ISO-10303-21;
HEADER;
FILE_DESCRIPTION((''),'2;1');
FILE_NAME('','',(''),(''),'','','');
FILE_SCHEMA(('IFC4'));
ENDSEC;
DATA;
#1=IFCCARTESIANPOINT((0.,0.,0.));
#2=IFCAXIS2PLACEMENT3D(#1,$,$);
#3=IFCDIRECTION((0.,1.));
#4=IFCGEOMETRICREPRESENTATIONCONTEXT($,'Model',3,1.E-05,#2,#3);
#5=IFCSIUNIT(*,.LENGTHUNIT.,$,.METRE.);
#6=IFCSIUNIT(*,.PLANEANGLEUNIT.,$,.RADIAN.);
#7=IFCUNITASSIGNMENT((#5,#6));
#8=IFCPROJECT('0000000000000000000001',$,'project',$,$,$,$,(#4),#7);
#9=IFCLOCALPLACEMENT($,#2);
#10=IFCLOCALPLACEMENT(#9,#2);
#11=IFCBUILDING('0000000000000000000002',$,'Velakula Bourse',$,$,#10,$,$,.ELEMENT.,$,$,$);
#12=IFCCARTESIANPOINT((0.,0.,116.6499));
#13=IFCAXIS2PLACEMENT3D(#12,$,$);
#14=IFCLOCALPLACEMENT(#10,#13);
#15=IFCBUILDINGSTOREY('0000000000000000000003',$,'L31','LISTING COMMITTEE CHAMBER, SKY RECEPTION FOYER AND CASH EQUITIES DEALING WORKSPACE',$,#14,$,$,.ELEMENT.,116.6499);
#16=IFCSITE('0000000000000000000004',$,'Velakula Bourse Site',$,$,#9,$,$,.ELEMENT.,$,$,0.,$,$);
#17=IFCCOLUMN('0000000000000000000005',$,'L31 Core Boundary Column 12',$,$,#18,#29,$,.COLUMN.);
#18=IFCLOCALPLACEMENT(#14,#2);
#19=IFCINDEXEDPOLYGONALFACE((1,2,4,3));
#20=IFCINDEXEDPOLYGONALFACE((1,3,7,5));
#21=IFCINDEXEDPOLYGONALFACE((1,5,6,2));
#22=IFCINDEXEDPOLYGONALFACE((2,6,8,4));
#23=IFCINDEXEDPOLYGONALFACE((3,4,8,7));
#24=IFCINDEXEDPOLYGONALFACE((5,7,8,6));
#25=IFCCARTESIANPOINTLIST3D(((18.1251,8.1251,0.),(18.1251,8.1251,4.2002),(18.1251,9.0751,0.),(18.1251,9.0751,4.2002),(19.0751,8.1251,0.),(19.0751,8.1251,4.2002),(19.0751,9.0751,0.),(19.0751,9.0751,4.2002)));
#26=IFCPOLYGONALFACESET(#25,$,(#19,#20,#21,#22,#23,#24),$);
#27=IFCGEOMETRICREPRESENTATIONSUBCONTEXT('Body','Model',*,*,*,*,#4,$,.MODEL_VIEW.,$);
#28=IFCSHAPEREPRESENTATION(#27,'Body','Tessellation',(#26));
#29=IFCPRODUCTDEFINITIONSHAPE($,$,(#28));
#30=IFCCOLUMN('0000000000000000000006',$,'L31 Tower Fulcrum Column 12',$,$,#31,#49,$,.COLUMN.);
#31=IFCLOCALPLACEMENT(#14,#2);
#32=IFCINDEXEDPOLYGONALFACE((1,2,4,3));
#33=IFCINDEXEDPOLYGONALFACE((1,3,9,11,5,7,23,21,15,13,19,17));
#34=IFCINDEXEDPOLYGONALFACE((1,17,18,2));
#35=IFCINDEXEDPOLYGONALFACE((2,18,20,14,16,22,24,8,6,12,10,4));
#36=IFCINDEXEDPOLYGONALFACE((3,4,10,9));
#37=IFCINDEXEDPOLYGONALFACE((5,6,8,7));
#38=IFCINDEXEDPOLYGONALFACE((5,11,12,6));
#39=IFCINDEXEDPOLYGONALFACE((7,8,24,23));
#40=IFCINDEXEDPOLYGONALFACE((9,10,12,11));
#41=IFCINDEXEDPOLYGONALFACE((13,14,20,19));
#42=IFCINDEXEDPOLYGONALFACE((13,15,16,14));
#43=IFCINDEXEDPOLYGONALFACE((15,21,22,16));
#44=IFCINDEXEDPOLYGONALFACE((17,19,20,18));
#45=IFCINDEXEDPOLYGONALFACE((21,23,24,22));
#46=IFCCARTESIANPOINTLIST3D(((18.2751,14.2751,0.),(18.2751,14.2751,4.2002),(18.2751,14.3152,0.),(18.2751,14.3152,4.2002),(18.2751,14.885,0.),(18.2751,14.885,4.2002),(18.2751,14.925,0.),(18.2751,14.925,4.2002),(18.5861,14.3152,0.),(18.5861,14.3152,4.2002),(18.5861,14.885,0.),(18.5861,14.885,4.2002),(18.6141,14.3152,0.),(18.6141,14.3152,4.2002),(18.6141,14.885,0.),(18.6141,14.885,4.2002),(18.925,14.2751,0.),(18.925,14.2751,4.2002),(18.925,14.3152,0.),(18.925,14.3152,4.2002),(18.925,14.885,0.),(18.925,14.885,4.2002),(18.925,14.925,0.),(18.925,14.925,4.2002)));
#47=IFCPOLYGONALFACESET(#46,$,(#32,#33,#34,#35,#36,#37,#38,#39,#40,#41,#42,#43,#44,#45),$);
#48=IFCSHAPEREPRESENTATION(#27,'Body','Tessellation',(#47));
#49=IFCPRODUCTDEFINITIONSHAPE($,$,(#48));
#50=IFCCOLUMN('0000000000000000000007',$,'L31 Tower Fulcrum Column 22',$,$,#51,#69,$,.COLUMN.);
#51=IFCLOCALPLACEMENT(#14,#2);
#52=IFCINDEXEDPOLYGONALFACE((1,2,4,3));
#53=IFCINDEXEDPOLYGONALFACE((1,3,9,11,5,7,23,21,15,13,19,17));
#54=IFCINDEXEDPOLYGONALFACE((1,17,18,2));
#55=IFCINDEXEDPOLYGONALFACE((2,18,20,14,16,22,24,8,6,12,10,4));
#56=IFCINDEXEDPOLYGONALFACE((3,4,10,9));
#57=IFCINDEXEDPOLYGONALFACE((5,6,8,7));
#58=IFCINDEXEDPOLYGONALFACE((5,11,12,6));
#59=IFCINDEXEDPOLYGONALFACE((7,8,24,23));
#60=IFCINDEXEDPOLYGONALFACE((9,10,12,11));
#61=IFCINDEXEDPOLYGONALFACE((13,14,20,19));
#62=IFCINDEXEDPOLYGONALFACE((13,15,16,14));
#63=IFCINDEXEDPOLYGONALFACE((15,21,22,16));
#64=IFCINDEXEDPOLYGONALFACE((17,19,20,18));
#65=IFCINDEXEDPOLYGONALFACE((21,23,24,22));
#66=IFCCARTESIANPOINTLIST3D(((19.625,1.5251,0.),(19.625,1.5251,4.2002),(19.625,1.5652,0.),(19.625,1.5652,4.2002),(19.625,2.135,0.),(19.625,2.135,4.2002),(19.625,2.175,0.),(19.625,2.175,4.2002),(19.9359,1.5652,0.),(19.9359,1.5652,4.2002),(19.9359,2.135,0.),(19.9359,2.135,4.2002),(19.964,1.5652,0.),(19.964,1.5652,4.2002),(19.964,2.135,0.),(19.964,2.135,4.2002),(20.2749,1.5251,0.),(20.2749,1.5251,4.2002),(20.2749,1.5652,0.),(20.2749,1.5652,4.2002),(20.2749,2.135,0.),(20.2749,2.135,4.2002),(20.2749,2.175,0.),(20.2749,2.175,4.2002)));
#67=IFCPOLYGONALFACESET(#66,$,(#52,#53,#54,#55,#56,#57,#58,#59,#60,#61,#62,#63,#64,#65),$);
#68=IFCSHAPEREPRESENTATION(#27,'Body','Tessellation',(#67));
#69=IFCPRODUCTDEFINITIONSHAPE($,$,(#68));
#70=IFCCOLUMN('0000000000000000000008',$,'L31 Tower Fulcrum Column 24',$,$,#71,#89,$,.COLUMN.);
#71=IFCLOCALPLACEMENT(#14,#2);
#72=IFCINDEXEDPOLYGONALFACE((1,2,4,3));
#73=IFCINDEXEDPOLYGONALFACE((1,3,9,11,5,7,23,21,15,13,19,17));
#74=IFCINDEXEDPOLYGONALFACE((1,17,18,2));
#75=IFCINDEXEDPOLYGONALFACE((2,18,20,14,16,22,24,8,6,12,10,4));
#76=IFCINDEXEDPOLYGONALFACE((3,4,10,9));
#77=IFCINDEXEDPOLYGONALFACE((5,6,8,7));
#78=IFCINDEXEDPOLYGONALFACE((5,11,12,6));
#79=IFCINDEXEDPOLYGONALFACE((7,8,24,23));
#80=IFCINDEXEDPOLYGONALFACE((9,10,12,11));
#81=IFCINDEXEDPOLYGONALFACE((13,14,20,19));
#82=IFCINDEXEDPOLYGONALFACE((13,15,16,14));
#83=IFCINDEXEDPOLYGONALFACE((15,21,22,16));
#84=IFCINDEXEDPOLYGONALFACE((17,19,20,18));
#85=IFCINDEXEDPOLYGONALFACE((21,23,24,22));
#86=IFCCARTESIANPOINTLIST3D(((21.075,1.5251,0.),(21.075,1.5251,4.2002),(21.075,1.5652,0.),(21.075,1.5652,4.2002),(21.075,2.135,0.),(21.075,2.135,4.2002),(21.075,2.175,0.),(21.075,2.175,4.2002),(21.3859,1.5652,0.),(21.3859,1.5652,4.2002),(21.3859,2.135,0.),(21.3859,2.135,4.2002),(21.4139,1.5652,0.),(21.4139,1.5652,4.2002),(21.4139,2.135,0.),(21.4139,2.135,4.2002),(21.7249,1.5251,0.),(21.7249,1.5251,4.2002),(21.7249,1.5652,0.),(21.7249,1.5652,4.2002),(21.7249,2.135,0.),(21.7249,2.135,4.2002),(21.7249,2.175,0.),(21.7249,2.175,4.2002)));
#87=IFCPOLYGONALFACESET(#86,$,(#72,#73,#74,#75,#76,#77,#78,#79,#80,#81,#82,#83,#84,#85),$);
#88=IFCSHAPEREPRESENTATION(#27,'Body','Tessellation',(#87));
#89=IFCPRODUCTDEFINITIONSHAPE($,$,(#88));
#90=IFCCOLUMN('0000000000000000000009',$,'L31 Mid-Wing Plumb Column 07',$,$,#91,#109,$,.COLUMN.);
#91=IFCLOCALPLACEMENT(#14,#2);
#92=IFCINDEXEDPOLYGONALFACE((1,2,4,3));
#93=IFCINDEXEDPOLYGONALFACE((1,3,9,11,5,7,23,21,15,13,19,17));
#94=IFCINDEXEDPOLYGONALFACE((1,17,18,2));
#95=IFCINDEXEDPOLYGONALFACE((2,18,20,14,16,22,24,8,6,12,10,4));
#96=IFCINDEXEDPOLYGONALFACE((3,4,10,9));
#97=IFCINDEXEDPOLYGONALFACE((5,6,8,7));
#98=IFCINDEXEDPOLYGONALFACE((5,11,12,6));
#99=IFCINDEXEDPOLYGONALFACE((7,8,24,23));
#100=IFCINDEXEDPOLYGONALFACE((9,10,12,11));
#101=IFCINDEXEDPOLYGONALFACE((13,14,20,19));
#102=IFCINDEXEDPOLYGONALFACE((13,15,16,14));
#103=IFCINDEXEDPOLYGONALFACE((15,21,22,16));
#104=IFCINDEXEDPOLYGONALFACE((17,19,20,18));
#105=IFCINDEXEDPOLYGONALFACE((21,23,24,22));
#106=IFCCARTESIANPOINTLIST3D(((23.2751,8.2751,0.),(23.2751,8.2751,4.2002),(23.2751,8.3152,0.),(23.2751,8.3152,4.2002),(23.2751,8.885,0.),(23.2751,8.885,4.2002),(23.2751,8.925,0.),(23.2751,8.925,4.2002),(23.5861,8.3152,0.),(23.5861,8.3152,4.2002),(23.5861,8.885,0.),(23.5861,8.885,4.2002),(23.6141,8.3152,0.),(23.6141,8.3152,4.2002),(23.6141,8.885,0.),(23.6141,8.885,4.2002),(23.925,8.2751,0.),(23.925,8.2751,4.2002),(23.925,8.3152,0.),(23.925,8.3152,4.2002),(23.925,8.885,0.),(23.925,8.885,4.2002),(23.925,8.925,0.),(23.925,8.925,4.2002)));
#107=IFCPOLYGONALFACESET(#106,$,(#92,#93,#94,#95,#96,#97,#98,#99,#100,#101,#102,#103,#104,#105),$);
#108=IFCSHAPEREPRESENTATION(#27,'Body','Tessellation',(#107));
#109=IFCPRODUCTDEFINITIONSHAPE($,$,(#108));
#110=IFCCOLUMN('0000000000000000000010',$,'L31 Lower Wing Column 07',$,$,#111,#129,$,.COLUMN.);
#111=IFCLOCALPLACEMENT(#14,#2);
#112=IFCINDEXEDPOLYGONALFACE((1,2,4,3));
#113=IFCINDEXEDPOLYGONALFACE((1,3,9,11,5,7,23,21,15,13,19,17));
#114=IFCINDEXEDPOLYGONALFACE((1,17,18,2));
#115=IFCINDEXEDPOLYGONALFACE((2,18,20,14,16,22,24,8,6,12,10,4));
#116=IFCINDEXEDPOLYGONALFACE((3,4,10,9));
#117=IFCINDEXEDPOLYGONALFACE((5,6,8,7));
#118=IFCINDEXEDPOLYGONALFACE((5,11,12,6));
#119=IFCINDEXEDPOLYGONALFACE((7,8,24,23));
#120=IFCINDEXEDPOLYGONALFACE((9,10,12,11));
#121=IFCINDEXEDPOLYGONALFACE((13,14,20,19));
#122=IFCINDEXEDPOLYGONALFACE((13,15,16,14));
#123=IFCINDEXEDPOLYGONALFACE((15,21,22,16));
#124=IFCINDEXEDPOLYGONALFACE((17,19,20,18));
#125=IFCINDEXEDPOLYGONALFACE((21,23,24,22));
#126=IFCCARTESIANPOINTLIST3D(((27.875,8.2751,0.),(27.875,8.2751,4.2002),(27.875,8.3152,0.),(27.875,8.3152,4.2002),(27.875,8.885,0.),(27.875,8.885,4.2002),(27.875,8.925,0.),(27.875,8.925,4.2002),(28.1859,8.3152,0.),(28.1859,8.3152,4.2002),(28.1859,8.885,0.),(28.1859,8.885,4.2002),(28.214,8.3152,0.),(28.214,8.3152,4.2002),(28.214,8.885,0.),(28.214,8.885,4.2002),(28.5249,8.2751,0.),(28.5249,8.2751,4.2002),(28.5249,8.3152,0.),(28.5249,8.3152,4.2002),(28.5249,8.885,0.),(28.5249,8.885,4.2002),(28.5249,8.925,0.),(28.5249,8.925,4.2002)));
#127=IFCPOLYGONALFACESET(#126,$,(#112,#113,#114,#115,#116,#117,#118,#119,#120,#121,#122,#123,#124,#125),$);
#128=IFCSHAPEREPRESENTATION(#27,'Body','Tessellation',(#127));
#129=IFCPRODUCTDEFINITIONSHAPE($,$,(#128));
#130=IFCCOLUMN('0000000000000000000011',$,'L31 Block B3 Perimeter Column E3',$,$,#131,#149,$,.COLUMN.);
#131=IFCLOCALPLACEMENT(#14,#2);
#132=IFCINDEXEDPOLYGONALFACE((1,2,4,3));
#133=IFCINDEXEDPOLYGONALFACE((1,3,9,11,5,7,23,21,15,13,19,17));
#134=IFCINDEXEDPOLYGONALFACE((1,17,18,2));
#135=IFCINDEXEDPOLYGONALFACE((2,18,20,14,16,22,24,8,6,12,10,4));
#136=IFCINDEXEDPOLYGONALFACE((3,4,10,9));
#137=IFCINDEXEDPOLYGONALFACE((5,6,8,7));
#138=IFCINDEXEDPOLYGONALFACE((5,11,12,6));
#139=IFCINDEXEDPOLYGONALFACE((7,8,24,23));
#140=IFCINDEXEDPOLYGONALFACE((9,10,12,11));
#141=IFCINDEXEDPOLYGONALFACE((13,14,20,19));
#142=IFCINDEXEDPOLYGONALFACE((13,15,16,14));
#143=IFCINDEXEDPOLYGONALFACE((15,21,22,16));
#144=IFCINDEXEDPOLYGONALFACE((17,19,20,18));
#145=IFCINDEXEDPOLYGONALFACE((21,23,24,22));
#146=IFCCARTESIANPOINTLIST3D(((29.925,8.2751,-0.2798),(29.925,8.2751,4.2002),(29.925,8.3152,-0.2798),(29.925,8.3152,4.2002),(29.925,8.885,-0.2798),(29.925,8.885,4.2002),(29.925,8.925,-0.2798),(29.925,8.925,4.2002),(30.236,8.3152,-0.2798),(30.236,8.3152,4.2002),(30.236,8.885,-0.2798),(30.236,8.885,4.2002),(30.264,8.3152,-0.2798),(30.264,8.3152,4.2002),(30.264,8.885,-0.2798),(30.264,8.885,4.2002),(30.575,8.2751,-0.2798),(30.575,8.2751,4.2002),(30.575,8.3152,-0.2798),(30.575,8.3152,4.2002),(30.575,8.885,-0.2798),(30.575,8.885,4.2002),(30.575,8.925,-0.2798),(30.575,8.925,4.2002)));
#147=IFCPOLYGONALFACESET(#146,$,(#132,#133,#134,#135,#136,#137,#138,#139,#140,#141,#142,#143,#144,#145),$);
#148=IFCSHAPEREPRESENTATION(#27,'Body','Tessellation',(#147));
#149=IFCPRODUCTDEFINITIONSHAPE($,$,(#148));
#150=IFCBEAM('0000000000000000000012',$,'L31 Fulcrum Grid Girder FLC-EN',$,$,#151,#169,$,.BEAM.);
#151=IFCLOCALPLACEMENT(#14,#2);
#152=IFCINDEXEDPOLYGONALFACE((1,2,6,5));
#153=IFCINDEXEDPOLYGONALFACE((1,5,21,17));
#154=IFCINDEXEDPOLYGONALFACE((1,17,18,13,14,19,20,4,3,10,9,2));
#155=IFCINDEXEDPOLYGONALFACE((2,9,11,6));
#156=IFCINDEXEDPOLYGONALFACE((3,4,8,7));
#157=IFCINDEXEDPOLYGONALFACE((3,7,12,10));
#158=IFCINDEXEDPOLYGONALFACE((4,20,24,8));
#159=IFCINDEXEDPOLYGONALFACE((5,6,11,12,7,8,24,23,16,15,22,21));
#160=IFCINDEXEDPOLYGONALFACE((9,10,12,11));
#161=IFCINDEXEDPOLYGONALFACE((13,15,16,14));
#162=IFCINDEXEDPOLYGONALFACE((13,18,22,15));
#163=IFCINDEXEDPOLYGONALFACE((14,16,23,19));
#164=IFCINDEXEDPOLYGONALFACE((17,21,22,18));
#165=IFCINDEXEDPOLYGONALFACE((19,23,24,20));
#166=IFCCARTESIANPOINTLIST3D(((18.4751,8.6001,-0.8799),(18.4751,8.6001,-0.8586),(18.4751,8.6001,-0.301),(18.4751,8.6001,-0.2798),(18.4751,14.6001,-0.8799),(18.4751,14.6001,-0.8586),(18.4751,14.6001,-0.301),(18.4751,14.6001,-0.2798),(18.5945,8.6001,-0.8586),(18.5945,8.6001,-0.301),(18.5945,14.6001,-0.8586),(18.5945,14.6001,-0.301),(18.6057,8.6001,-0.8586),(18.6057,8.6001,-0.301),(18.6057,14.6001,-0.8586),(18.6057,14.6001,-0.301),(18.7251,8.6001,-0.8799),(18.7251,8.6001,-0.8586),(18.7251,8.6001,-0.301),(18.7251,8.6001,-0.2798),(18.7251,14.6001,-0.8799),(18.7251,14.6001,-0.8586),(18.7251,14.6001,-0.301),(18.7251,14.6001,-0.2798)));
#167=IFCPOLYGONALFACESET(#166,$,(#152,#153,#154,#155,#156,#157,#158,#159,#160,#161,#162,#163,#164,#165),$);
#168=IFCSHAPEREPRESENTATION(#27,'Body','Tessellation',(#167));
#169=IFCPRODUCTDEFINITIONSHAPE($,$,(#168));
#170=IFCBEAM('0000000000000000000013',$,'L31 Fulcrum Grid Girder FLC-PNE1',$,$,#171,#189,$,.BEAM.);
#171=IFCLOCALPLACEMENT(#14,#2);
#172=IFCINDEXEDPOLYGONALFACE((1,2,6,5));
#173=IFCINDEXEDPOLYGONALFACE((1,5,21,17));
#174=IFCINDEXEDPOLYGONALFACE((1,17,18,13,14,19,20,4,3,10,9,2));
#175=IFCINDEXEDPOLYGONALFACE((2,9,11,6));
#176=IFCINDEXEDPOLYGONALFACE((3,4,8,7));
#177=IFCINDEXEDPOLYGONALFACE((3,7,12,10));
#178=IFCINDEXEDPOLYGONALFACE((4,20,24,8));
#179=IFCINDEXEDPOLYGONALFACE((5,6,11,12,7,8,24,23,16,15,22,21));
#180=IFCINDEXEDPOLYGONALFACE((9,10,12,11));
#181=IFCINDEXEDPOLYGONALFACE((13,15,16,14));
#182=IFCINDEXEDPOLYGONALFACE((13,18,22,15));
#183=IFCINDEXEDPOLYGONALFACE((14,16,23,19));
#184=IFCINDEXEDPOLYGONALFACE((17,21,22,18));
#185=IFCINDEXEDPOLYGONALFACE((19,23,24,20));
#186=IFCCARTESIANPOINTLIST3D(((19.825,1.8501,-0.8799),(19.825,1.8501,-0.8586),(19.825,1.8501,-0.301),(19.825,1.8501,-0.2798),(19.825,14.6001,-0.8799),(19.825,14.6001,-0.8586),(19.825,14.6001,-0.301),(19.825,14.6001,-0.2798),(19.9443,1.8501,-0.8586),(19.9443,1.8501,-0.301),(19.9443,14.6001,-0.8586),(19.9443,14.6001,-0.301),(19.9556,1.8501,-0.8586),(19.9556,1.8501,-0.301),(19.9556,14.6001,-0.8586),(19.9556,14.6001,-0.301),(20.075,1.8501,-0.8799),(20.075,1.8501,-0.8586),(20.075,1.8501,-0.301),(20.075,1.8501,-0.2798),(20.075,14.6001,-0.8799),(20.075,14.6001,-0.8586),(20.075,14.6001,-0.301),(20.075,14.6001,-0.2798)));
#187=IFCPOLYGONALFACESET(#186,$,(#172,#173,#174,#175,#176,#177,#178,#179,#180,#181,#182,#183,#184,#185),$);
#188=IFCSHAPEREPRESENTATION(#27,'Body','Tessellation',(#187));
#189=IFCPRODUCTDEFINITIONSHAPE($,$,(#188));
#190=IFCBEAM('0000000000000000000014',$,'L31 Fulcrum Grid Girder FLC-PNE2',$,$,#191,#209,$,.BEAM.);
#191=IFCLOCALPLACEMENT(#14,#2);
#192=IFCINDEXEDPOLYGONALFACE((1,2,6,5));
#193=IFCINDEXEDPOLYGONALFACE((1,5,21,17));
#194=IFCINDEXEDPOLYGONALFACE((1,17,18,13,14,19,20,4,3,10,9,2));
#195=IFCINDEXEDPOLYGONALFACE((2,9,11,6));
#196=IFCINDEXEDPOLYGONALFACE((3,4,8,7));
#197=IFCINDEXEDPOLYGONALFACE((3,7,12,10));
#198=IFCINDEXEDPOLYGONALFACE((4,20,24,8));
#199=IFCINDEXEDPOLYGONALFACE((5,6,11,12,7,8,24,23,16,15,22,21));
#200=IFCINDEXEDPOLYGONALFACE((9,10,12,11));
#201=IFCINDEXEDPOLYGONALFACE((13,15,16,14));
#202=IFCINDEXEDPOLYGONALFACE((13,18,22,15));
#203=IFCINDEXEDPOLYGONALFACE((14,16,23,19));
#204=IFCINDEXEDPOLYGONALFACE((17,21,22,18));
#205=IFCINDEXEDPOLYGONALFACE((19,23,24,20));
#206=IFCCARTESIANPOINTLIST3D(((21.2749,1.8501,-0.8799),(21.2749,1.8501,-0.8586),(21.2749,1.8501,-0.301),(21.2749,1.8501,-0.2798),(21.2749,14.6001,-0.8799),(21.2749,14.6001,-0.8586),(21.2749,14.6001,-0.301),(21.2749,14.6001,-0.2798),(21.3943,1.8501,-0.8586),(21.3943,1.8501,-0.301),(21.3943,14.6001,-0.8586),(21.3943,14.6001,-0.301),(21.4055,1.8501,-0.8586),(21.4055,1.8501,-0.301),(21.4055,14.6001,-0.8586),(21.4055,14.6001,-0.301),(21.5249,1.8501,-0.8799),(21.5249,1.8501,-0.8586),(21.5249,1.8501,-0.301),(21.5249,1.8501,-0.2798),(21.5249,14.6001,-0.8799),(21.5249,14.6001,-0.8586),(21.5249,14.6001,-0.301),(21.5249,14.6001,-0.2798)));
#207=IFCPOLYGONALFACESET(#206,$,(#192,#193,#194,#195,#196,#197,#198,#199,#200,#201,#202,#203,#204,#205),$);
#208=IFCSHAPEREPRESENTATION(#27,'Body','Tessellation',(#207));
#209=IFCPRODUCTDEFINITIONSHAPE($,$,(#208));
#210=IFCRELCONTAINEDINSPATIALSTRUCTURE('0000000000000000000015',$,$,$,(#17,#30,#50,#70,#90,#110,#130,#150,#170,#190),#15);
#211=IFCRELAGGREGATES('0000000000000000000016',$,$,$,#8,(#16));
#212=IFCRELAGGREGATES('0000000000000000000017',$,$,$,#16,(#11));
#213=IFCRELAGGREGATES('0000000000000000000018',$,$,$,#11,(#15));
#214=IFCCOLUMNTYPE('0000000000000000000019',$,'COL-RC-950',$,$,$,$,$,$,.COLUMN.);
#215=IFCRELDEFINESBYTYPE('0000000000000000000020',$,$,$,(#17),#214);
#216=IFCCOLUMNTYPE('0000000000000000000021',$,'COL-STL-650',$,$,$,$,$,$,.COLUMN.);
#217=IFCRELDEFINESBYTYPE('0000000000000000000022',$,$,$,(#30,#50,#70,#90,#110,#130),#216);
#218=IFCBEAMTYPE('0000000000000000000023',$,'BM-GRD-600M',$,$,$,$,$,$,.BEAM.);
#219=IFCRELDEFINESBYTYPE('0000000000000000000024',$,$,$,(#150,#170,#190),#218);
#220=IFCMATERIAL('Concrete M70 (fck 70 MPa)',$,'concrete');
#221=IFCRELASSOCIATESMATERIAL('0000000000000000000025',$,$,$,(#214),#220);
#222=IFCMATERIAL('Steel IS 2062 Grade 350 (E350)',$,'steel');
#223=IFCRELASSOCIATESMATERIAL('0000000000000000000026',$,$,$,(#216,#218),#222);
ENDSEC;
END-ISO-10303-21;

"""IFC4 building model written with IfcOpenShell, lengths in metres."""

from ifc_helpers import new_model, si_unit, direction, frame, origin, origin_2d, place, context, subcontext, project, spatial, rectangle, i_section, extrude, material, material_profile, profile_set, type_object, element, save


model = new_model("IFC4")

# Units and contexts
model_context = context("Model", 3, precision=1e-05, world=origin(), true_north=direction((0.0, 1.0)))
body_context = subcontext(model_context, "Body", "Model", "MODEL_VIEW")
ifc_project = project(units=[si_unit("LENGTHUNIT", "METRE"), si_unit("PLANEANGLEUNIT", "RADIAN")], contexts=[model_context])

# Site, building, storey
site_placement = place(None, origin())
site = spatial("IfcSite", under=ifc_project, at=site_placement, Name="Velakula Bourse Site", CompositionType="ELEMENT", RefElevation=0.0)
building_placement = place(site_placement, origin())
building = spatial("IfcBuilding", under=site, at=building_placement, Name="Velakula Bourse", CompositionType="ELEMENT")
storey_placement = place(building_placement, frame((0.0, 0.0, 116.6499)))
storey = spatial("IfcBuildingStorey", under=building, at=storey_placement, Name="L31", Description="LISTING COMMITTEE CHAMBER, SKY RECEPTION FOYER AND CASH EQUITIES DEALING WORKSPACE", CompositionType="ELEMENT", Elevation=116.6499)

# Columns
ifc_material_1 = material(Name="Concrete M70 (fck 70 MPa)", Category="concrete")
ifc_material_profile_1 = material_profile(ifc_material_1, rectangle(XDim=0.95, YDim=0.95, at=origin_2d()), Name="Concrete M70 (fck 70 MPa)")
ifc_profile_set_1 = profile_set([ifc_material_profile_1], Name="Concrete M70 (fck 70 MPa)")
column_type_1 = type_object("IfcColumnType", Name="COL-RC-950", PredefinedType="COLUMN", material=ifc_profile_set_1)
column_1_placement = place(storey_placement, frame((18.6001, 8.6001, 0.0), z_axis=(0.0, 0.0, 1.0), x_axis=(1.0, 0.0, 0.0)))
element("IfcColumn", 1, at=column_1_placement, inside=storey, type_object=column_type_1, Name="L31 Core Boundary Column 12", PredefinedType="COLUMN", context=body_context, shape_type="SweptSolid", body=[
    extrude(rectangle(XDim=0.95, YDim=0.95, at=origin_2d()), origin(), (0.0, 0.0, 1.0), 4.2002),
])
ifc_material_2 = material(Name="Steel IS 2062 Grade 350 (E350)", Category="steel")
ifc_material_profile_2 = material_profile(ifc_material_2, i_section(OverallWidth=0.6499, OverallDepth=0.6499, WebThickness=0.0281, FlangeThickness=0.04, at=origin_2d()), Name="Steel IS 2062 Grade 350 (E350)")
ifc_profile_set_2 = profile_set([ifc_material_profile_2], Name="Steel IS 2062 Grade 350 (E350)")
column_type_2 = type_object("IfcColumnType", Name="COL-STL-650", PredefinedType="COLUMN", material=ifc_profile_set_2)
for number, where, z_axis, x_axis, name in (
    (2, (18.6001, 14.6001, 0.0), (0.0, 0.0, 1.0), (1.0, 0.0, 0.0), "L31 Tower Fulcrum Column 12"),
    (3, (19.95, 1.8501, 0.0), (0.0, 0.0, 1.0), (1.0, 0.0, 0.0), "L31 Tower Fulcrum Column 22"),
    (4, (21.3999, 1.8501, 0.0), (0.0, 0.0, 1.0), (1.0, 0.0, 0.0), "L31 Tower Fulcrum Column 24"),
    (5, (23.6001, 8.6001, 0.0), (0.0, 0.0, 1.0), (1.0, 0.0, 0.0), "L31 Mid-Wing Plumb Column 07"),
    (6, (28.2, 8.6001, 0.0), (0.0, 0.0, 1.0), (1.0, 0.0, 0.0), "L31 Lower Wing Column 07"),
):
    element("IfcColumn", number, at=place(storey_placement, frame(where, z_axis=z_axis, x_axis=x_axis)), inside=storey, type_object=column_type_2, Name=name, PredefinedType="COLUMN", context=body_context, shape_type="SweptSolid", body=[
        extrude(i_section(OverallWidth=0.6499, OverallDepth=0.6499, WebThickness=0.0281, FlangeThickness=0.04, at=origin_2d()), origin(), (0.0, 0.0, 1.0), 4.2002),
    ])
column_2_placement = place(storey_placement, frame((30.25, 8.6001, -0.2798), z_axis=(0.0, 0.0, 1.0), x_axis=(1.0, 0.0, 0.0)))
element("IfcColumn", 7, at=column_2_placement, inside=storey, type_object=column_type_2, Name="L31 Block B3 Perimeter Column E3", PredefinedType="COLUMN", context=body_context, shape_type="SweptSolid", body=[
    extrude(i_section(OverallWidth=0.6499, OverallDepth=0.6499, WebThickness=0.0281, FlangeThickness=0.04, at=origin_2d()), origin(), (0.0, 0.0, 1.0), 4.48),
])

# Beams
ifc_material_profile_3 = material_profile(ifc_material_2, i_section(OverallWidth=0.25, OverallDepth=0.6001, WebThickness=0.0112, FlangeThickness=0.0212, at=origin_2d()), Name="Steel IS 2062 Grade 350 (E350)")
ifc_profile_set_3 = profile_set([ifc_material_profile_3], Name="Steel IS 2062 Grade 350 (E350)")
beam_type_1 = type_object("IfcBeamType", Name="BM-GRD-600M", PredefinedType="BEAM", material=ifc_profile_set_3)
beam_1_placement = place(storey_placement, frame((18.6001, 8.6001, -0.5798), z_axis=(0.0, 1.0, 0.0), x_axis=(-1.0, 0.0, 0.0)))
element("IfcBeam", 8, at=beam_1_placement, inside=storey, type_object=beam_type_1, Name="L31 Fulcrum Grid Girder FLC-EN", PredefinedType="BEAM", context=body_context, shape_type="SweptSolid", body=[
    extrude(i_section(OverallWidth=0.25, OverallDepth=0.6001, WebThickness=0.0112, FlangeThickness=0.0212, at=origin_2d()), origin(), (0.0, 0.0, 1.0), 6.0),
])
for number, where, z_axis, x_axis, name in (
    (9, (19.95, 1.8501, -0.5798), (0.0, 1.0, 0.0), (-1.0, 0.0, 0.0), "L31 Fulcrum Grid Girder FLC-PNE1"),
    (10, (21.3999, 1.8501, -0.5798), (0.0, 1.0, 0.0), (-1.0, 0.0, 0.0), "L31 Fulcrum Grid Girder FLC-PNE2"),
):
    element("IfcBeam", number, at=place(storey_placement, frame(where, z_axis=z_axis, x_axis=x_axis)), inside=storey, type_object=beam_type_1, Name=name, PredefinedType="BEAM", context=body_context, shape_type="SweptSolid", body=[
        extrude(i_section(OverallWidth=0.25, OverallDepth=0.6001, WebThickness=0.0112, FlangeThickness=0.0212, at=origin_2d()), origin(), (0.0, 0.0, 1.0), 12.75),
    ])

save(model, "model.ifc")
